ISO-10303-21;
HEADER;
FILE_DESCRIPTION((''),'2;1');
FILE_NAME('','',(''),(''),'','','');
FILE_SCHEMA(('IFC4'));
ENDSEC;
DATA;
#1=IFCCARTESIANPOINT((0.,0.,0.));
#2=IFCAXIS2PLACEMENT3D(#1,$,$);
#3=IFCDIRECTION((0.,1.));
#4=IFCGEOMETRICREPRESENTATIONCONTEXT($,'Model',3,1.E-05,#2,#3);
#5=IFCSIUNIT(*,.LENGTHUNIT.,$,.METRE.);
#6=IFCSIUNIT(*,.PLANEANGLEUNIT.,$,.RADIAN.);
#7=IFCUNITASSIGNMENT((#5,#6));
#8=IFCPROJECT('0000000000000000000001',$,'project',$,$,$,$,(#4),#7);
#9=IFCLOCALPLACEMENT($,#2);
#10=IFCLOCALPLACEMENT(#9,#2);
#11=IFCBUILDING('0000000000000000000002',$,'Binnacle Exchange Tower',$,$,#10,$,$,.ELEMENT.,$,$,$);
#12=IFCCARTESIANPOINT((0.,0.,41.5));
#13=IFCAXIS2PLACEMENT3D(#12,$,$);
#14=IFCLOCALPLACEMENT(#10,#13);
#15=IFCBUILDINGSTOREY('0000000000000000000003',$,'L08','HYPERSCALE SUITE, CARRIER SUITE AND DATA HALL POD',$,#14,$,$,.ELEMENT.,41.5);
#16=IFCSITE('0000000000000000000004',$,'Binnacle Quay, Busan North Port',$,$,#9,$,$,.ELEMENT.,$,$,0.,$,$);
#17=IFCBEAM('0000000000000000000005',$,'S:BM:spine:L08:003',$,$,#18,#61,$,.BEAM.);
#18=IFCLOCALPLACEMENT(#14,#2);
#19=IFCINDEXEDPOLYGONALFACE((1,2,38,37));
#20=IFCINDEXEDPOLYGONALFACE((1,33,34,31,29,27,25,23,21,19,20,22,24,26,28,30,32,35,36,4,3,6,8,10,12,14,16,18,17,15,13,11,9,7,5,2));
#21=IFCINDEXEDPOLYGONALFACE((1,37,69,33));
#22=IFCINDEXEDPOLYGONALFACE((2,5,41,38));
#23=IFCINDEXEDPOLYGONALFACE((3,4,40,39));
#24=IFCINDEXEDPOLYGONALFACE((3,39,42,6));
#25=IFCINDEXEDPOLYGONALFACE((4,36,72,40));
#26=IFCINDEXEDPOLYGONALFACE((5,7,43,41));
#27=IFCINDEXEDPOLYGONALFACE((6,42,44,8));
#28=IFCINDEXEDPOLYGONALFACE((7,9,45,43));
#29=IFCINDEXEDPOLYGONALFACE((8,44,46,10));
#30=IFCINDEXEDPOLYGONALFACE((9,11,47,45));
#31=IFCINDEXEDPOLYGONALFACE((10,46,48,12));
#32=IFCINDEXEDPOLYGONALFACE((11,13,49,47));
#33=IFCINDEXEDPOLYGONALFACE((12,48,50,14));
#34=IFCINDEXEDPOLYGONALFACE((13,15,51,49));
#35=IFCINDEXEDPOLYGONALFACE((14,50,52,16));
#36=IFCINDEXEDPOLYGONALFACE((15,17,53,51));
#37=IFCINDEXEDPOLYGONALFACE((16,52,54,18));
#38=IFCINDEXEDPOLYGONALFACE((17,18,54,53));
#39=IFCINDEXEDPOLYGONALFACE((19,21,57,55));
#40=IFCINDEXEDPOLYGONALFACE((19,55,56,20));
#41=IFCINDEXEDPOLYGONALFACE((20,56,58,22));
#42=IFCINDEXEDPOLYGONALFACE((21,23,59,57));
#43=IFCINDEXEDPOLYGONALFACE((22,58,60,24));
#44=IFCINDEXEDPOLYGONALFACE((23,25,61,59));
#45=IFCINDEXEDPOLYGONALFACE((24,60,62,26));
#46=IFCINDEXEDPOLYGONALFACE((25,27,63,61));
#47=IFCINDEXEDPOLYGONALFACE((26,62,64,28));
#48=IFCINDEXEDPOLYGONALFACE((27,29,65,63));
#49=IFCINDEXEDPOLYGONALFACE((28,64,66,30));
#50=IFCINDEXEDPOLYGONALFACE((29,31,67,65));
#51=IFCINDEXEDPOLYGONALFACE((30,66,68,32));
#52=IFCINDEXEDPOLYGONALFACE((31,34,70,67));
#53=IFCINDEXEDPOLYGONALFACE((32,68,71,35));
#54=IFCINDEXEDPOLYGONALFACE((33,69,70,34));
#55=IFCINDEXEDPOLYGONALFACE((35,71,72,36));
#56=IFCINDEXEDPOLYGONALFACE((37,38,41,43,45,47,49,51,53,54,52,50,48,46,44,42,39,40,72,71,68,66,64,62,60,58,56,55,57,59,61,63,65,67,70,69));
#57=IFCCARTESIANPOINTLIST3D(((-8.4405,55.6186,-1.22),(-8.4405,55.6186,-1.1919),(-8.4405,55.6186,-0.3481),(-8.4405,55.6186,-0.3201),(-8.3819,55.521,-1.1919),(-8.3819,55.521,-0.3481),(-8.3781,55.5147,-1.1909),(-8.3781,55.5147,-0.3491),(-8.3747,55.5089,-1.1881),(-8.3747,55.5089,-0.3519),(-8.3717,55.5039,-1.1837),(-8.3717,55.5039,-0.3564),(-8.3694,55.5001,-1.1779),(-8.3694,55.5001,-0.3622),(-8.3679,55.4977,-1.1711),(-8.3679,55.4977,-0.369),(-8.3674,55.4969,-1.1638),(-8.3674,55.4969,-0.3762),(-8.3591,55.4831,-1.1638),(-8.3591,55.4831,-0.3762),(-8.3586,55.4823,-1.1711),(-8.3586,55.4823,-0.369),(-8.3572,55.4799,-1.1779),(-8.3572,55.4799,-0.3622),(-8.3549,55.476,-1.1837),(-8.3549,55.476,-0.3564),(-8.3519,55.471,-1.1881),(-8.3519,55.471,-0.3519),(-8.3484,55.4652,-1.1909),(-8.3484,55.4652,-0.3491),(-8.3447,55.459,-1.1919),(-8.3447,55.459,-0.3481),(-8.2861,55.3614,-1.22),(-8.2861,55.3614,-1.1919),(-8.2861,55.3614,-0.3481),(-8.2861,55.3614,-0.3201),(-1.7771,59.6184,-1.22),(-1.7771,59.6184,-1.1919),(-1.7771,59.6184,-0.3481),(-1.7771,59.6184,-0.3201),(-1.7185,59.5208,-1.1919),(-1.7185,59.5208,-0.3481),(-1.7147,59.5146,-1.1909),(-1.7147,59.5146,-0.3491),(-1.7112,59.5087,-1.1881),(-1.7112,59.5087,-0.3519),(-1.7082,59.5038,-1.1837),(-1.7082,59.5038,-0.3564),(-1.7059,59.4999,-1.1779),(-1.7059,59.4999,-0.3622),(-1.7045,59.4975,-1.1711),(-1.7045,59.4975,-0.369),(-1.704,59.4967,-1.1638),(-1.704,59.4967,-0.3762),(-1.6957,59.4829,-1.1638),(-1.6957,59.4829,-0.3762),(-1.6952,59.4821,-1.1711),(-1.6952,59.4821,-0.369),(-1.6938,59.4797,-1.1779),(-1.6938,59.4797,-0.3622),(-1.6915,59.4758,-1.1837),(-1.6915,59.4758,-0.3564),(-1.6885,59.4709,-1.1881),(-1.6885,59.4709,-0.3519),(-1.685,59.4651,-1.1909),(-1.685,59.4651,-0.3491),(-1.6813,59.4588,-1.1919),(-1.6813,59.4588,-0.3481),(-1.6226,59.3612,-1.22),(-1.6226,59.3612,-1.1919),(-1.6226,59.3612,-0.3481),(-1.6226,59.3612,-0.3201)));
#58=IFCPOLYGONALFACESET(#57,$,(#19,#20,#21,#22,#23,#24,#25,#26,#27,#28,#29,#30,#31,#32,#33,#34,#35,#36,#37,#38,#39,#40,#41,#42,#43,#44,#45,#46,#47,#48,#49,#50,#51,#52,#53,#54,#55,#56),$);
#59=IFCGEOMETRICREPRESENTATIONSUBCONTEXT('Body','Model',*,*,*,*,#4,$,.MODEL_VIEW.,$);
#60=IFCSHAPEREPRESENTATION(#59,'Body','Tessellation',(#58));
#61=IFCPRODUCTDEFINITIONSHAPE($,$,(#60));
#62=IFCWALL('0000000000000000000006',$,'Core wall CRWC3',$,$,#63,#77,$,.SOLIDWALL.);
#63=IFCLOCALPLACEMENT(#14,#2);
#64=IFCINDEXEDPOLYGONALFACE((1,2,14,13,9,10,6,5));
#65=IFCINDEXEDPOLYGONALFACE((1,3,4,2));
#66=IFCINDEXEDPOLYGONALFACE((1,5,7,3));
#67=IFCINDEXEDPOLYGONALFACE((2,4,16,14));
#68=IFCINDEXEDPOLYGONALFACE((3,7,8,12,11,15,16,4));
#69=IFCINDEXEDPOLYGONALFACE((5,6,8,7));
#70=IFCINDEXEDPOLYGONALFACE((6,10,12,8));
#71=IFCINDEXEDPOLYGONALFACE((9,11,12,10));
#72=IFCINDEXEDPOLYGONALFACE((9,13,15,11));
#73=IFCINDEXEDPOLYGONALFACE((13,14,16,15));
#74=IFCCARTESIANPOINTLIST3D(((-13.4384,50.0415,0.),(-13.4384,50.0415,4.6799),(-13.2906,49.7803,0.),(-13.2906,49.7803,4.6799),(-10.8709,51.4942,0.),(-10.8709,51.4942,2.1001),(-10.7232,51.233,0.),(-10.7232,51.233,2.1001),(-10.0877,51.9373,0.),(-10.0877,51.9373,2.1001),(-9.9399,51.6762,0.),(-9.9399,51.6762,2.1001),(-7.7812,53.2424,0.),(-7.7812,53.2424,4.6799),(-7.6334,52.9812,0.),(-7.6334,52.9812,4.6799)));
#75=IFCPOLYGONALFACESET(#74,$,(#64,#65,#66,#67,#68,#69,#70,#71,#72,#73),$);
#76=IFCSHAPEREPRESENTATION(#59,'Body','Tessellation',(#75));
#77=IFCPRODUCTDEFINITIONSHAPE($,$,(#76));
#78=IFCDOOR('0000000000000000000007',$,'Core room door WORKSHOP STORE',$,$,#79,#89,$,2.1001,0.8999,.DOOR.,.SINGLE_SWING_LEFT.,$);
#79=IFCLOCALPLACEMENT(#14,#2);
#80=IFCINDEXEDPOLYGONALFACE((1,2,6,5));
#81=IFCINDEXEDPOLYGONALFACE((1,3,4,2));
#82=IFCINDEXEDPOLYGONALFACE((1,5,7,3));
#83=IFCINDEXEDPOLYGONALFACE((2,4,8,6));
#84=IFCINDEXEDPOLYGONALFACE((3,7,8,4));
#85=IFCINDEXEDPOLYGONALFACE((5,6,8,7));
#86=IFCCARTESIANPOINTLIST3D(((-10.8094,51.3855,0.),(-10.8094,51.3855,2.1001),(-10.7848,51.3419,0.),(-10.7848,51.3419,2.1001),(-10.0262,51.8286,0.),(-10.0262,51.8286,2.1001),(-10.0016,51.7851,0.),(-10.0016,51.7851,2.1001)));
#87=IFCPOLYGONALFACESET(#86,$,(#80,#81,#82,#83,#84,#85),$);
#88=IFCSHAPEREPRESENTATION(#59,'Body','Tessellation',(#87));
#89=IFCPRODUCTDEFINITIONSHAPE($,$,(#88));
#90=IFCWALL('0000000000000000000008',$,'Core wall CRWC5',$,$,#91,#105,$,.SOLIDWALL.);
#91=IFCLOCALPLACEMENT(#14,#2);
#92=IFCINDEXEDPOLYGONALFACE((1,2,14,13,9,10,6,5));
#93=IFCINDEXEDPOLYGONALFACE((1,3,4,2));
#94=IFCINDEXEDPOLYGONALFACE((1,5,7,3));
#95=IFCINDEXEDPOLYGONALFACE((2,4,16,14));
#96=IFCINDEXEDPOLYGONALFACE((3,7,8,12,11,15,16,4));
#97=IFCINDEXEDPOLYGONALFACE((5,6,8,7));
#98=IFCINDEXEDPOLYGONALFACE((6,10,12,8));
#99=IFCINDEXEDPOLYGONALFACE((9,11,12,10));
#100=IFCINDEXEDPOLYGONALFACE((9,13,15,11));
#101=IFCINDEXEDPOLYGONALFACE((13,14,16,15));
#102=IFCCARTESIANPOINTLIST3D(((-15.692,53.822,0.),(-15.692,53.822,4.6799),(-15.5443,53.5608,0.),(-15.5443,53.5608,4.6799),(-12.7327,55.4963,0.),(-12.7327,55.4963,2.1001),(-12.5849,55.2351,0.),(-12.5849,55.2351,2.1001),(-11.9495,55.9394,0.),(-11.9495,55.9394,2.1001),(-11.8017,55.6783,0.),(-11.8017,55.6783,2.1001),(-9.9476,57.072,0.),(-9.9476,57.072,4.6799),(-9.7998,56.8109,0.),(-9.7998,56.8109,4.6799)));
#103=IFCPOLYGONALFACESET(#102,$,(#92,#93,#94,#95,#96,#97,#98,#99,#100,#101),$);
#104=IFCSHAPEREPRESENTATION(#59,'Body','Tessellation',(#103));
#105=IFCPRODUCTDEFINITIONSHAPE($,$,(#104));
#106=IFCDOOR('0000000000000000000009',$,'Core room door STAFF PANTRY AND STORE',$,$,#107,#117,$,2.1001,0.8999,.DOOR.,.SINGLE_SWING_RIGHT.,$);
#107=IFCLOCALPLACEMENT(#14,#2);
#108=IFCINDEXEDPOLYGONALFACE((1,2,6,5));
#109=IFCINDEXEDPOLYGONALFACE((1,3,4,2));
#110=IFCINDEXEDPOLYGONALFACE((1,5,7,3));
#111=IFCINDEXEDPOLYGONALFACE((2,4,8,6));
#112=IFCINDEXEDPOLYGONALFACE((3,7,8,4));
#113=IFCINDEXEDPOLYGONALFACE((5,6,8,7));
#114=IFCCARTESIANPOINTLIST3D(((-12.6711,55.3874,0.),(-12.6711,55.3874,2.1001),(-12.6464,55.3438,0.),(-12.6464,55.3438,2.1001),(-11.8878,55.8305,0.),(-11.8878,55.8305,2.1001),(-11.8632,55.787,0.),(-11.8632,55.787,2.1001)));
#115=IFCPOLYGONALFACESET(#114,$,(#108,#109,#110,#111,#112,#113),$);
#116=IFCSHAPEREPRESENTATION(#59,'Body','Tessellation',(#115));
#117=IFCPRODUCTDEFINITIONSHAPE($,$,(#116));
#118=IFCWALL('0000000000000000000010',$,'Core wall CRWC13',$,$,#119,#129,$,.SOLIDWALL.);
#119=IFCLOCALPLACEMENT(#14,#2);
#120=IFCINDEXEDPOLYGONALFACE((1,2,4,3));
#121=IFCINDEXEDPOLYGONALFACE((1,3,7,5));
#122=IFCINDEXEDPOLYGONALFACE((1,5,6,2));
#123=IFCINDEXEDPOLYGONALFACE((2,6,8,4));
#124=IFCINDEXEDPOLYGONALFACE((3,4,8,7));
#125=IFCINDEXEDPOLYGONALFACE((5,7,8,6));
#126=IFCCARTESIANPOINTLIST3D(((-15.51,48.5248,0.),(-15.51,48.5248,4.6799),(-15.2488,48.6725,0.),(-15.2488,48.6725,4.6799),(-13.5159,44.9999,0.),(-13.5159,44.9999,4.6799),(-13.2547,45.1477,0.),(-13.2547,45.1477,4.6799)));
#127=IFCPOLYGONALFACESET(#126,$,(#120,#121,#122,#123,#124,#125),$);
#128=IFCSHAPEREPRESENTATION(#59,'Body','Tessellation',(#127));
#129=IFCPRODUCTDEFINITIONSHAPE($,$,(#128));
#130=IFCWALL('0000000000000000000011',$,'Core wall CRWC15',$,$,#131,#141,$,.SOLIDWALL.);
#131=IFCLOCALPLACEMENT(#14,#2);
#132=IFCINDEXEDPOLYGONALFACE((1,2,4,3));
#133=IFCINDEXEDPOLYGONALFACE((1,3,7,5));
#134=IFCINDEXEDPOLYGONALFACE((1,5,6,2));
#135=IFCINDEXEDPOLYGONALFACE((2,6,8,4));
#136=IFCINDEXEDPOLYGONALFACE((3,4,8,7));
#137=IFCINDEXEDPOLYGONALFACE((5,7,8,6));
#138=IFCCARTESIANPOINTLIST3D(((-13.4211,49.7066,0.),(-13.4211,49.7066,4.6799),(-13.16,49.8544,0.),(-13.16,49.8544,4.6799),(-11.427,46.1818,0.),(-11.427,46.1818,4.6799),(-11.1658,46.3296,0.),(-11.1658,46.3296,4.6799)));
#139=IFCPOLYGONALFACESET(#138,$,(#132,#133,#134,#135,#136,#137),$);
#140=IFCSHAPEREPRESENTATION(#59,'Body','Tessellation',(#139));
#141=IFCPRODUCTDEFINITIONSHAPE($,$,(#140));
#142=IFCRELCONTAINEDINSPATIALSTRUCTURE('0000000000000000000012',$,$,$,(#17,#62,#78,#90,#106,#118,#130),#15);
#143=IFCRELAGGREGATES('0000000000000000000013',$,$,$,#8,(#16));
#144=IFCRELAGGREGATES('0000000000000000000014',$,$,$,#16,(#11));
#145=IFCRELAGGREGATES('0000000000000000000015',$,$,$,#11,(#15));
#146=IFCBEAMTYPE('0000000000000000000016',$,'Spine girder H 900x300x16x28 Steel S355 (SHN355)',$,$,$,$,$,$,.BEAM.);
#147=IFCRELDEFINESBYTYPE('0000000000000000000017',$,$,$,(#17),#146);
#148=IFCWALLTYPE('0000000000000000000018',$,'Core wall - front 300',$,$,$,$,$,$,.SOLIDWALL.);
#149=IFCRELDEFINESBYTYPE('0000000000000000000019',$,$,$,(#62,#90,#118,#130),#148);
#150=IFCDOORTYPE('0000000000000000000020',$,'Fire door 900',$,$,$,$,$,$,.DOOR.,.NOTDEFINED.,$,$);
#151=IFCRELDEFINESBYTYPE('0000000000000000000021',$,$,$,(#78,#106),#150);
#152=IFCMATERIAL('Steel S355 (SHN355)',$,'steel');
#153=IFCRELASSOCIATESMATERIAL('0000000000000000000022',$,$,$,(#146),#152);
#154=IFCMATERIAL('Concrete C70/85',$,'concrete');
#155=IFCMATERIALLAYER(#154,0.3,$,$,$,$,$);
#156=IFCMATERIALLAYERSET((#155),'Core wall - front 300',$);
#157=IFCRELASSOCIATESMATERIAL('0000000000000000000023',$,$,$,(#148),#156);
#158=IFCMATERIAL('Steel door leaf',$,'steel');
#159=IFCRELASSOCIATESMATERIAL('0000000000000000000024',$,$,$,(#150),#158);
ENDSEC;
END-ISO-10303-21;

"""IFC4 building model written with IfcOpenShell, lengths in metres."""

from ifc_helpers import new_model, si_unit, direction, frame, frame_2d, origin, origin_2d, place, context, subcontext, project, spatial, rectangle, i_section, extrude, material, layer, layer_set, material_profile, profile_set, type_object, element, fill, save


model = new_model("IFC4")

# Units and contexts
model_context = context("Model", 3, precision=1e-05, world=origin(), true_north=direction((0.0, 1.0)))
body_context = subcontext(model_context, "Body", "Model", "MODEL_VIEW")
ifc_project = project(units=[si_unit("LENGTHUNIT", "METRE"), si_unit("PLANEANGLEUNIT", "RADIAN")], contexts=[model_context])

# Site, building, storey
site_placement = place(None, origin())
site = spatial("IfcSite", under=ifc_project, at=site_placement, Name="Binnacle Quay, Busan North Port", CompositionType="ELEMENT", RefElevation=0.0)
building_placement = place(site_placement, origin())
building = spatial("IfcBuilding", under=site, at=building_placement, Name="Binnacle Exchange Tower", CompositionType="ELEMENT")
storey_placement = place(building_placement, frame((0.0, 0.0, 41.5)))
storey = spatial("IfcBuildingStorey", under=building, at=storey_placement, Name="L08", Description="HYPERSCALE SUITE, CARRIER SUITE AND DATA HALL POD", CompositionType="ELEMENT", Elevation=41.5)

# Shared definitions
ifc_material_1 = material(Name="Concrete C70/85", Category="concrete")

# Beam
ifc_material_2 = material(Name="Steel S355 (SHN355)", Category="steel")
ifc_material_profile_1 = material_profile(ifc_material_2, i_section(OverallWidth=0.3, OverallDepth=0.8999, WebThickness=0.0161, FlangeThickness=0.0281, FilletRadius=0.0281, at=origin_2d()), Name="H 900x300x16x28")
ifc_profile_set_1 = profile_set([ifc_material_profile_1], Name="Steel S355 (SHN355)")
beam_type_1 = type_object("IfcBeamType", Name="Spine girder H 900x300x16x28 Steel S355 (SHN355)", PredefinedType="BEAM", material=ifc_profile_set_1)
beam_1_placement = place(storey_placement, frame((-8.3633, 55.49, -0.77), z_axis=(0.857393, 0.514662, 0.0), x_axis=(-0.514662, 0.857393, 0.0)))
element("IfcBeam", 1, at=beam_1_placement, inside=storey, type_object=beam_type_1, Name="S:BM:spine:L08:003", PredefinedType="BEAM", context=body_context, shape_type="SweptSolid", body=[
    extrude(i_section(OverallWidth=0.3, OverallDepth=0.8999, WebThickness=0.0161, FlangeThickness=0.0281, FilletRadius=0.0281, at=origin_2d()), origin(), (0.0, 0.0, 1.0), 7.7717),
])

# Walls, openings, doors
ifc_layer_1 = layer(ifc_material_1, 0.3)
ifc_layer_set_1 = layer_set([ifc_layer_1], Name="Core wall - front 300")
wall_type_1 = type_object("IfcWallType", Name="Core wall - front 300", PredefinedType="SOLIDWALL", material=ifc_layer_set_1)
wall_1_placement = place(storey_placement, frame((-13.3645, 49.9109, 0.0), z_axis=(0.0, 0.0, 1.0), x_axis=(0.870341, 0.49245, 0.0)))
wall_1 = element("IfcWall", 2, at=wall_1_placement, inside=storey, type_object=wall_type_1, Name="Core wall CRWC3", PredefinedType="SOLIDWALL", context=body_context, shape_type="SweptSolid", body=[
    extrude(rectangle(XDim=6.5, YDim=0.3, at=frame_2d((3.25, 0.0))), origin(), (0.0, 0.0, 1.0), 4.6799),
])
opening_1_placement = place(wall_1_placement, frame((2.95, 0.0, 0.0)))
opening_1 = element("IfcOpeningElement", 3, at=opening_1_placement, cuts=wall_1, PredefinedType="OPENING", context=body_context, shape_type="SweptSolid", body=[
    extrude(rectangle(XDim=0.8999, YDim=2.1001, at=frame_2d((0.45, 1.05))), frame((0.0, 0.1599, 0.0), z_axis=(0.0, -1.0, 0.0), x_axis=(1.0, 0.0, 0.0)), (0.0, 0.0, 1.0), 0.3201),
])
ifc_material_3 = material(Name="Steel door leaf", Category="steel")
door_type_1 = type_object("IfcDoorType", Name="Fire door 900", OperationType="NOTDEFINED", PredefinedType="DOOR", material=ifc_material_3)
door_1_placement = place(opening_1_placement, frame((0.8999, 0.0, 0.0), z_axis=(0.0, 0.0, 1.0), x_axis=(-1.0, 0.0, 0.0)))
door_1 = element("IfcDoor", 4, at=door_1_placement, inside=storey, type_object=door_type_1, Name="Core room door WORKSHOP STORE", OperationType="SINGLE_SWING_LEFT", OverallHeight=2.1001, OverallWidth=0.8999, PredefinedType="DOOR", context=body_context, shape_type="SweptSolid", body=[
    extrude(rectangle(XDim=0.8999, YDim=2.1001, at=frame_2d((0.45, 1.05))), frame((0.0, 0.0249, 0.0), z_axis=(0.0, -1.0, 0.0), x_axis=(1.0, 0.0, 0.0)), (0.0, 0.0, 1.0), 0.05),
])
fill(opening_1, door_1)
wall_2_placement = place(storey_placement, frame((-15.6182, 53.6914, 0.0), z_axis=(0.0, 0.0, 1.0), x_axis=(0.870357, 0.492422, 0.0)))
wall_2 = element("IfcWall", 5, at=wall_2_placement, inside=storey, type_object=wall_type_1, Name="Core wall CRWC5", PredefinedType="SOLIDWALL", context=body_context, shape_type="SweptSolid", body=[
    extrude(rectangle(XDim=6.6001, YDim=0.3, at=frame_2d((3.3, 0.0))), origin(), (0.0, 0.0, 1.0), 4.6799),
])
opening_2_placement = place(wall_2_placement, frame((3.4001, 0.0, 0.0)))
opening_2 = element("IfcOpeningElement", 6, at=opening_2_placement, cuts=wall_2, PredefinedType="OPENING", context=body_context, shape_type="SweptSolid", body=[
    extrude(rectangle(XDim=0.8999, YDim=2.1001, at=frame_2d((0.45, 1.05))), frame((0.0, 0.1599, 0.0), z_axis=(0.0, -1.0, 0.0), x_axis=(1.0, 0.0, 0.0)), (0.0, 0.0, 1.0), 0.3201),
])
door_2_placement = place(opening_2_placement, origin())
door_2 = element("IfcDoor", 7, at=door_2_placement, inside=storey, type_object=door_type_1, Name="Core room door STAFF PANTRY AND STORE", OperationType="SINGLE_SWING_RIGHT", OverallHeight=2.1001, OverallWidth=0.8999, PredefinedType="DOOR", context=body_context, shape_type="SweptSolid", body=[
    extrude(rectangle(XDim=0.8999, YDim=2.1001, at=frame_2d((0.45, 1.05))), frame((0.0, 0.0249, 0.0), z_axis=(0.0, -1.0, 0.0), x_axis=(1.0, 0.0, 0.0)), (0.0, 0.0, 1.0), 0.05),
])
fill(opening_2, door_2)

# Walls
for number, where, z_axis, x_axis, name in (
    (8, (-15.3794, 48.5986, 0.0), (0.0, 0.0, 1.0), (0.492395, -0.870372, 0.0), "Core wall CRWC13"),
    (9, (-13.2905, 49.7805, 0.0), (0.0, 0.0, 1.0), (0.492395, -0.870372, 0.0), "Core wall CRWC15"),
):
    element("IfcWall", number, at=place(storey_placement, frame(where, z_axis=z_axis, x_axis=x_axis)), inside=storey, type_object=wall_type_1, Name=name, PredefinedType="SOLIDWALL", context=body_context, shape_type="SweptSolid", body=[
        extrude(rectangle(XDim=4.0498, YDim=0.3, at=frame_2d((2.0249, 0.0))), origin(), (0.0, 0.0, 1.0), 4.6799),
    ])

save(model, "model.ifc")
